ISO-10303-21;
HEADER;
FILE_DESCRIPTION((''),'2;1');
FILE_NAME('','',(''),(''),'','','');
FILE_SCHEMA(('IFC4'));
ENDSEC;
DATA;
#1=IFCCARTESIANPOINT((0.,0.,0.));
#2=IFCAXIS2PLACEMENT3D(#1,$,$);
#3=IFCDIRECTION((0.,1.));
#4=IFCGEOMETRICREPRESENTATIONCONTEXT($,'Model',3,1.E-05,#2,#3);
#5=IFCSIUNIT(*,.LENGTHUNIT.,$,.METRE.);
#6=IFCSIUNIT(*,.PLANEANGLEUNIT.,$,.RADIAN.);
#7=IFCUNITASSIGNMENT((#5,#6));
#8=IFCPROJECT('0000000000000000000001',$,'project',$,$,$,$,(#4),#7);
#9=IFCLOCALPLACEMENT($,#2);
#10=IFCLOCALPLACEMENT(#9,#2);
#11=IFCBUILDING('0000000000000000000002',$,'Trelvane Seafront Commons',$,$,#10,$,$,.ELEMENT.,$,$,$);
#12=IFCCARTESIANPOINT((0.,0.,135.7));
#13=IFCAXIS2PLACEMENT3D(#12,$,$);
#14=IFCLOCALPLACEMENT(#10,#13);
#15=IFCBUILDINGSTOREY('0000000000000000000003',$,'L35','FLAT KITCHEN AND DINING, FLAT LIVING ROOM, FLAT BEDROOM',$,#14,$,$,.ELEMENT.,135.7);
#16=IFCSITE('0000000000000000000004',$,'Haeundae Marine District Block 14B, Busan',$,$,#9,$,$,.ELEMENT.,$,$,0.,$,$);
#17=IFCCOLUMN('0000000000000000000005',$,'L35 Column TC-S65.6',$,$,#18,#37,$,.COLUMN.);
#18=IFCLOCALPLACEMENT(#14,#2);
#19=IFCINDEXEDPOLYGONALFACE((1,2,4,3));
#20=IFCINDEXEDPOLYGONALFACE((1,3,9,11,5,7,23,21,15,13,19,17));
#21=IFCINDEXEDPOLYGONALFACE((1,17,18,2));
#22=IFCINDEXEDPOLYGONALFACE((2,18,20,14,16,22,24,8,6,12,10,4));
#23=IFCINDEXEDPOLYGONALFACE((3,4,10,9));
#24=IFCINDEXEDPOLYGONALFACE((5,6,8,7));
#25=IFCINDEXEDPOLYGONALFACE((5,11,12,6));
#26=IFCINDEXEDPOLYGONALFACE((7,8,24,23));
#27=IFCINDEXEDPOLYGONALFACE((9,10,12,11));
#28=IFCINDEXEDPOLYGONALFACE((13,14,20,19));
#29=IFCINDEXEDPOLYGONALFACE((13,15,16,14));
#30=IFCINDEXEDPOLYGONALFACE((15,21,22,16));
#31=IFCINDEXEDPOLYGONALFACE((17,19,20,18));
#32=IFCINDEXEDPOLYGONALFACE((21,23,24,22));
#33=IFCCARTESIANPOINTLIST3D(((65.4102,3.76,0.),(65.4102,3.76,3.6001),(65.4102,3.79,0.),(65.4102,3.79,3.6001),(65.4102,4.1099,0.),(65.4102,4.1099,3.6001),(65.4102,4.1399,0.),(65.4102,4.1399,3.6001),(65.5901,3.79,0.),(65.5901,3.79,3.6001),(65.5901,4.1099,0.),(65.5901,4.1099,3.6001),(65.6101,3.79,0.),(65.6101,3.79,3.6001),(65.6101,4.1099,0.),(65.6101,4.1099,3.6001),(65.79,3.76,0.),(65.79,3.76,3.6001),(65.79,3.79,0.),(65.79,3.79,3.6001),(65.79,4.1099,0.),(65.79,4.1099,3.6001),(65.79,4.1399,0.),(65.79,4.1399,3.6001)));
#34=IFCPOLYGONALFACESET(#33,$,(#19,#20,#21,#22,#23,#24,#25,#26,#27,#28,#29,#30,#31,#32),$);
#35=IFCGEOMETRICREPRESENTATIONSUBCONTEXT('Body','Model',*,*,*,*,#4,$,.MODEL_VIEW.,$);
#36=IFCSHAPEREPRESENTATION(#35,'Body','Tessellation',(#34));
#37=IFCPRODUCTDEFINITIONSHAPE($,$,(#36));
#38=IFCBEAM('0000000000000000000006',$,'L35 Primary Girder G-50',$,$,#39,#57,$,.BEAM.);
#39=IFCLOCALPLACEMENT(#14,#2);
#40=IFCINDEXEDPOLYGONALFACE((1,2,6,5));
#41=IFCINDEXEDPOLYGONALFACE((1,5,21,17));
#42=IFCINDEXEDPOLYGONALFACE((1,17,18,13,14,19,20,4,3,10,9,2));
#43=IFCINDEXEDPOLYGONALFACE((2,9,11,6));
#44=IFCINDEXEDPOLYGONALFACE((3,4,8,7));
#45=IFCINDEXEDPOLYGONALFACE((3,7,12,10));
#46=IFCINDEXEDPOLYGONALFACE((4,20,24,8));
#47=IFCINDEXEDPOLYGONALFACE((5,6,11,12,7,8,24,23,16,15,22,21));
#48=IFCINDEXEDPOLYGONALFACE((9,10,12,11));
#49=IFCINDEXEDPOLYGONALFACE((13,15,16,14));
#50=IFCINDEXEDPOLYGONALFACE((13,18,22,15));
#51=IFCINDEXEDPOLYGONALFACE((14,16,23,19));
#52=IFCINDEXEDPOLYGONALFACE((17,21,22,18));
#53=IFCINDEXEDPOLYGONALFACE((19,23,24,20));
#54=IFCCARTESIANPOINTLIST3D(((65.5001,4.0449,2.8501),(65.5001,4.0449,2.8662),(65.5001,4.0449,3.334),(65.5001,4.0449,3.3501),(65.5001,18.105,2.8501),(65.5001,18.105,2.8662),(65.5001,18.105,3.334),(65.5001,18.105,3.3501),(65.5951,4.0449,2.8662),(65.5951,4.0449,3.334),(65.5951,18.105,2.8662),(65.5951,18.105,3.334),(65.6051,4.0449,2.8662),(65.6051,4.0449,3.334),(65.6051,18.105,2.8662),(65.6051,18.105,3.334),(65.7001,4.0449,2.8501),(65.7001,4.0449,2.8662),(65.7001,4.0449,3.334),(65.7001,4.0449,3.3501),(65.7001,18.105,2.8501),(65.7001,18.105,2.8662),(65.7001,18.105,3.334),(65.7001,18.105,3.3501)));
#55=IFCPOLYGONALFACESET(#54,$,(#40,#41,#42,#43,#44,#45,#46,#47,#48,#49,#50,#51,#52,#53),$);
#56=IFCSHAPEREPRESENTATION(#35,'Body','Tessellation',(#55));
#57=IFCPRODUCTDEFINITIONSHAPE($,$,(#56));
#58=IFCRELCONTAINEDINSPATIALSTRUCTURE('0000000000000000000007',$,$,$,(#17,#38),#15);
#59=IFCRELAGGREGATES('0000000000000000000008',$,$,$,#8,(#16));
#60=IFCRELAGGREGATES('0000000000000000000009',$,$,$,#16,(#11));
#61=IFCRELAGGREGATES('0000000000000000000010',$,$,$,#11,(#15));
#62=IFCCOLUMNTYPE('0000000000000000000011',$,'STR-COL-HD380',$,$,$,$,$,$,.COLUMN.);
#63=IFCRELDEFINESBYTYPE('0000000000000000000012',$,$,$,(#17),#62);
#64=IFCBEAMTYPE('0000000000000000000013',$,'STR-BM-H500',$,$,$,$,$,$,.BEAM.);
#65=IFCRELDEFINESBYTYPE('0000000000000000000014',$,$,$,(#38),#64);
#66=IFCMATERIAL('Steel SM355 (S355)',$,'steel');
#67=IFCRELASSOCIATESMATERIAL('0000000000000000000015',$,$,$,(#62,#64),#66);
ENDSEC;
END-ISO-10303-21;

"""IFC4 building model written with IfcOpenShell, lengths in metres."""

from ifc_helpers import new_model, si_unit, direction, frame, origin, origin_2d, place, context, subcontext, project, spatial, i_section, extrude, source, transform, mapped, material, material_profile, profile_set, type_object, element, save


model = new_model("IFC4")

# Units and contexts
model_context = context("Model", 3, precision=1e-05, world=origin(), true_north=direction((0.0, 1.0)))
body_context = subcontext(model_context, "Body", "Model", "MODEL_VIEW")
ifc_project = project(units=[si_unit("LENGTHUNIT", "METRE"), si_unit("PLANEANGLEUNIT", "RADIAN")], contexts=[model_context])

# Site, building, storey
site_placement = place(None, origin())
site = spatial("IfcSite", under=ifc_project, at=site_placement, Name="Haeundae Marine District Block 14B, Busan", CompositionType="ELEMENT", RefElevation=0.0)
building_placement = place(site_placement, origin())
building = spatial("IfcBuilding", under=site, at=building_placement, Name="Trelvane Seafront Commons", CompositionType="ELEMENT")
storey_placement = place(building_placement, frame((0.0, 0.0, 135.7)))
storey = spatial("IfcBuildingStorey", under=building, at=storey_placement, Name="L35", Description="FLAT KITCHEN AND DINING, FLAT LIVING ROOM, FLAT BEDROOM", CompositionType="ELEMENT", Elevation=135.7)

# Column
ifc_material_1 = material(Name="Steel SM355 (S355)", Category="steel")
ifc_material_profile_1 = material_profile(ifc_material_1, i_section(OverallWidth=0.3799, OverallDepth=0.3799, WebThickness=0.02, FlangeThickness=0.03, at=origin_2d()), Name="HD-380x380x20x30")
ifc_profile_set_1 = profile_set([ifc_material_profile_1], Name="Steel SM355 (S355)")
column_type = type_object("IfcColumnType", Name="STR-COL-HD380", PredefinedType="COLUMN", material=ifc_profile_set_1)
shared_shape_1 = source(origin(), body_context, "Body", "SweptSolid", [
    extrude(i_section(OverallWidth=0.3799, OverallDepth=0.3799, WebThickness=0.02, FlangeThickness=0.03, at=origin_2d()), origin(), (0.0, 0.0, 1.0), 3.6001),
])
column_placement = place(storey_placement, frame((65.6001, 3.95, 0.0), z_axis=(0.0, 0.0, 1.0), x_axis=(1.0, 0.0, 0.0)))
element("IfcColumn", 1, at=column_placement, inside=storey, type_object=column_type, Name="L35 Column TC-S65.6", PredefinedType="COLUMN", context=body_context, shape_type="MappedRepresentation", body=[
    mapped(shared_shape_1, transform((0.0, 0.0, 0.0), x_axis=(1.0, 0.0, 0.0), y_axis=(0.0, 1.0, 0.0), z_axis=(0.0, 0.0, 1.0), scale=1.0)),
])

# Beam
ifc_material_profile_2 = material_profile(ifc_material_1, i_section(OverallWidth=0.2, OverallDepth=0.5, WebThickness=0.01, FlangeThickness=0.0161, at=origin_2d()), Name="H-500x200x10x16")
ifc_profile_set_2 = profile_set([ifc_material_profile_2], Name="Steel SM355 (S355)")
beam_type = type_object("IfcBeamType", Name="STR-BM-H500", PredefinedType="BEAM", material=ifc_profile_set_2)
shared_shape_2 = source(origin(), body_context, "Body", "SweptSolid", [
    extrude(i_section(OverallWidth=0.2, OverallDepth=0.5, WebThickness=0.01, FlangeThickness=0.0161, at=origin_2d()), origin(), (0.0, 0.0, 1.0), 14.0601),
])
beam_placement = place(storey_placement, frame((65.6001, 4.0449, 3.1001), z_axis=(0.0, 1.0, 0.0), x_axis=(-1.0, 0.0, 0.0)))
element("IfcBeam", 2, at=beam_placement, inside=storey, type_object=beam_type, Name="L35 Primary Girder G-50", PredefinedType="BEAM", context=body_context, shape_type="MappedRepresentation", body=[
    mapped(shared_shape_2, transform((0.0, 0.0, 0.0), x_axis=(1.0, 0.0, 0.0), y_axis=(0.0, 1.0, 0.0), z_axis=(0.0, 0.0, 1.0), scale=1.0)),
])

save(model, "model.ifc")
